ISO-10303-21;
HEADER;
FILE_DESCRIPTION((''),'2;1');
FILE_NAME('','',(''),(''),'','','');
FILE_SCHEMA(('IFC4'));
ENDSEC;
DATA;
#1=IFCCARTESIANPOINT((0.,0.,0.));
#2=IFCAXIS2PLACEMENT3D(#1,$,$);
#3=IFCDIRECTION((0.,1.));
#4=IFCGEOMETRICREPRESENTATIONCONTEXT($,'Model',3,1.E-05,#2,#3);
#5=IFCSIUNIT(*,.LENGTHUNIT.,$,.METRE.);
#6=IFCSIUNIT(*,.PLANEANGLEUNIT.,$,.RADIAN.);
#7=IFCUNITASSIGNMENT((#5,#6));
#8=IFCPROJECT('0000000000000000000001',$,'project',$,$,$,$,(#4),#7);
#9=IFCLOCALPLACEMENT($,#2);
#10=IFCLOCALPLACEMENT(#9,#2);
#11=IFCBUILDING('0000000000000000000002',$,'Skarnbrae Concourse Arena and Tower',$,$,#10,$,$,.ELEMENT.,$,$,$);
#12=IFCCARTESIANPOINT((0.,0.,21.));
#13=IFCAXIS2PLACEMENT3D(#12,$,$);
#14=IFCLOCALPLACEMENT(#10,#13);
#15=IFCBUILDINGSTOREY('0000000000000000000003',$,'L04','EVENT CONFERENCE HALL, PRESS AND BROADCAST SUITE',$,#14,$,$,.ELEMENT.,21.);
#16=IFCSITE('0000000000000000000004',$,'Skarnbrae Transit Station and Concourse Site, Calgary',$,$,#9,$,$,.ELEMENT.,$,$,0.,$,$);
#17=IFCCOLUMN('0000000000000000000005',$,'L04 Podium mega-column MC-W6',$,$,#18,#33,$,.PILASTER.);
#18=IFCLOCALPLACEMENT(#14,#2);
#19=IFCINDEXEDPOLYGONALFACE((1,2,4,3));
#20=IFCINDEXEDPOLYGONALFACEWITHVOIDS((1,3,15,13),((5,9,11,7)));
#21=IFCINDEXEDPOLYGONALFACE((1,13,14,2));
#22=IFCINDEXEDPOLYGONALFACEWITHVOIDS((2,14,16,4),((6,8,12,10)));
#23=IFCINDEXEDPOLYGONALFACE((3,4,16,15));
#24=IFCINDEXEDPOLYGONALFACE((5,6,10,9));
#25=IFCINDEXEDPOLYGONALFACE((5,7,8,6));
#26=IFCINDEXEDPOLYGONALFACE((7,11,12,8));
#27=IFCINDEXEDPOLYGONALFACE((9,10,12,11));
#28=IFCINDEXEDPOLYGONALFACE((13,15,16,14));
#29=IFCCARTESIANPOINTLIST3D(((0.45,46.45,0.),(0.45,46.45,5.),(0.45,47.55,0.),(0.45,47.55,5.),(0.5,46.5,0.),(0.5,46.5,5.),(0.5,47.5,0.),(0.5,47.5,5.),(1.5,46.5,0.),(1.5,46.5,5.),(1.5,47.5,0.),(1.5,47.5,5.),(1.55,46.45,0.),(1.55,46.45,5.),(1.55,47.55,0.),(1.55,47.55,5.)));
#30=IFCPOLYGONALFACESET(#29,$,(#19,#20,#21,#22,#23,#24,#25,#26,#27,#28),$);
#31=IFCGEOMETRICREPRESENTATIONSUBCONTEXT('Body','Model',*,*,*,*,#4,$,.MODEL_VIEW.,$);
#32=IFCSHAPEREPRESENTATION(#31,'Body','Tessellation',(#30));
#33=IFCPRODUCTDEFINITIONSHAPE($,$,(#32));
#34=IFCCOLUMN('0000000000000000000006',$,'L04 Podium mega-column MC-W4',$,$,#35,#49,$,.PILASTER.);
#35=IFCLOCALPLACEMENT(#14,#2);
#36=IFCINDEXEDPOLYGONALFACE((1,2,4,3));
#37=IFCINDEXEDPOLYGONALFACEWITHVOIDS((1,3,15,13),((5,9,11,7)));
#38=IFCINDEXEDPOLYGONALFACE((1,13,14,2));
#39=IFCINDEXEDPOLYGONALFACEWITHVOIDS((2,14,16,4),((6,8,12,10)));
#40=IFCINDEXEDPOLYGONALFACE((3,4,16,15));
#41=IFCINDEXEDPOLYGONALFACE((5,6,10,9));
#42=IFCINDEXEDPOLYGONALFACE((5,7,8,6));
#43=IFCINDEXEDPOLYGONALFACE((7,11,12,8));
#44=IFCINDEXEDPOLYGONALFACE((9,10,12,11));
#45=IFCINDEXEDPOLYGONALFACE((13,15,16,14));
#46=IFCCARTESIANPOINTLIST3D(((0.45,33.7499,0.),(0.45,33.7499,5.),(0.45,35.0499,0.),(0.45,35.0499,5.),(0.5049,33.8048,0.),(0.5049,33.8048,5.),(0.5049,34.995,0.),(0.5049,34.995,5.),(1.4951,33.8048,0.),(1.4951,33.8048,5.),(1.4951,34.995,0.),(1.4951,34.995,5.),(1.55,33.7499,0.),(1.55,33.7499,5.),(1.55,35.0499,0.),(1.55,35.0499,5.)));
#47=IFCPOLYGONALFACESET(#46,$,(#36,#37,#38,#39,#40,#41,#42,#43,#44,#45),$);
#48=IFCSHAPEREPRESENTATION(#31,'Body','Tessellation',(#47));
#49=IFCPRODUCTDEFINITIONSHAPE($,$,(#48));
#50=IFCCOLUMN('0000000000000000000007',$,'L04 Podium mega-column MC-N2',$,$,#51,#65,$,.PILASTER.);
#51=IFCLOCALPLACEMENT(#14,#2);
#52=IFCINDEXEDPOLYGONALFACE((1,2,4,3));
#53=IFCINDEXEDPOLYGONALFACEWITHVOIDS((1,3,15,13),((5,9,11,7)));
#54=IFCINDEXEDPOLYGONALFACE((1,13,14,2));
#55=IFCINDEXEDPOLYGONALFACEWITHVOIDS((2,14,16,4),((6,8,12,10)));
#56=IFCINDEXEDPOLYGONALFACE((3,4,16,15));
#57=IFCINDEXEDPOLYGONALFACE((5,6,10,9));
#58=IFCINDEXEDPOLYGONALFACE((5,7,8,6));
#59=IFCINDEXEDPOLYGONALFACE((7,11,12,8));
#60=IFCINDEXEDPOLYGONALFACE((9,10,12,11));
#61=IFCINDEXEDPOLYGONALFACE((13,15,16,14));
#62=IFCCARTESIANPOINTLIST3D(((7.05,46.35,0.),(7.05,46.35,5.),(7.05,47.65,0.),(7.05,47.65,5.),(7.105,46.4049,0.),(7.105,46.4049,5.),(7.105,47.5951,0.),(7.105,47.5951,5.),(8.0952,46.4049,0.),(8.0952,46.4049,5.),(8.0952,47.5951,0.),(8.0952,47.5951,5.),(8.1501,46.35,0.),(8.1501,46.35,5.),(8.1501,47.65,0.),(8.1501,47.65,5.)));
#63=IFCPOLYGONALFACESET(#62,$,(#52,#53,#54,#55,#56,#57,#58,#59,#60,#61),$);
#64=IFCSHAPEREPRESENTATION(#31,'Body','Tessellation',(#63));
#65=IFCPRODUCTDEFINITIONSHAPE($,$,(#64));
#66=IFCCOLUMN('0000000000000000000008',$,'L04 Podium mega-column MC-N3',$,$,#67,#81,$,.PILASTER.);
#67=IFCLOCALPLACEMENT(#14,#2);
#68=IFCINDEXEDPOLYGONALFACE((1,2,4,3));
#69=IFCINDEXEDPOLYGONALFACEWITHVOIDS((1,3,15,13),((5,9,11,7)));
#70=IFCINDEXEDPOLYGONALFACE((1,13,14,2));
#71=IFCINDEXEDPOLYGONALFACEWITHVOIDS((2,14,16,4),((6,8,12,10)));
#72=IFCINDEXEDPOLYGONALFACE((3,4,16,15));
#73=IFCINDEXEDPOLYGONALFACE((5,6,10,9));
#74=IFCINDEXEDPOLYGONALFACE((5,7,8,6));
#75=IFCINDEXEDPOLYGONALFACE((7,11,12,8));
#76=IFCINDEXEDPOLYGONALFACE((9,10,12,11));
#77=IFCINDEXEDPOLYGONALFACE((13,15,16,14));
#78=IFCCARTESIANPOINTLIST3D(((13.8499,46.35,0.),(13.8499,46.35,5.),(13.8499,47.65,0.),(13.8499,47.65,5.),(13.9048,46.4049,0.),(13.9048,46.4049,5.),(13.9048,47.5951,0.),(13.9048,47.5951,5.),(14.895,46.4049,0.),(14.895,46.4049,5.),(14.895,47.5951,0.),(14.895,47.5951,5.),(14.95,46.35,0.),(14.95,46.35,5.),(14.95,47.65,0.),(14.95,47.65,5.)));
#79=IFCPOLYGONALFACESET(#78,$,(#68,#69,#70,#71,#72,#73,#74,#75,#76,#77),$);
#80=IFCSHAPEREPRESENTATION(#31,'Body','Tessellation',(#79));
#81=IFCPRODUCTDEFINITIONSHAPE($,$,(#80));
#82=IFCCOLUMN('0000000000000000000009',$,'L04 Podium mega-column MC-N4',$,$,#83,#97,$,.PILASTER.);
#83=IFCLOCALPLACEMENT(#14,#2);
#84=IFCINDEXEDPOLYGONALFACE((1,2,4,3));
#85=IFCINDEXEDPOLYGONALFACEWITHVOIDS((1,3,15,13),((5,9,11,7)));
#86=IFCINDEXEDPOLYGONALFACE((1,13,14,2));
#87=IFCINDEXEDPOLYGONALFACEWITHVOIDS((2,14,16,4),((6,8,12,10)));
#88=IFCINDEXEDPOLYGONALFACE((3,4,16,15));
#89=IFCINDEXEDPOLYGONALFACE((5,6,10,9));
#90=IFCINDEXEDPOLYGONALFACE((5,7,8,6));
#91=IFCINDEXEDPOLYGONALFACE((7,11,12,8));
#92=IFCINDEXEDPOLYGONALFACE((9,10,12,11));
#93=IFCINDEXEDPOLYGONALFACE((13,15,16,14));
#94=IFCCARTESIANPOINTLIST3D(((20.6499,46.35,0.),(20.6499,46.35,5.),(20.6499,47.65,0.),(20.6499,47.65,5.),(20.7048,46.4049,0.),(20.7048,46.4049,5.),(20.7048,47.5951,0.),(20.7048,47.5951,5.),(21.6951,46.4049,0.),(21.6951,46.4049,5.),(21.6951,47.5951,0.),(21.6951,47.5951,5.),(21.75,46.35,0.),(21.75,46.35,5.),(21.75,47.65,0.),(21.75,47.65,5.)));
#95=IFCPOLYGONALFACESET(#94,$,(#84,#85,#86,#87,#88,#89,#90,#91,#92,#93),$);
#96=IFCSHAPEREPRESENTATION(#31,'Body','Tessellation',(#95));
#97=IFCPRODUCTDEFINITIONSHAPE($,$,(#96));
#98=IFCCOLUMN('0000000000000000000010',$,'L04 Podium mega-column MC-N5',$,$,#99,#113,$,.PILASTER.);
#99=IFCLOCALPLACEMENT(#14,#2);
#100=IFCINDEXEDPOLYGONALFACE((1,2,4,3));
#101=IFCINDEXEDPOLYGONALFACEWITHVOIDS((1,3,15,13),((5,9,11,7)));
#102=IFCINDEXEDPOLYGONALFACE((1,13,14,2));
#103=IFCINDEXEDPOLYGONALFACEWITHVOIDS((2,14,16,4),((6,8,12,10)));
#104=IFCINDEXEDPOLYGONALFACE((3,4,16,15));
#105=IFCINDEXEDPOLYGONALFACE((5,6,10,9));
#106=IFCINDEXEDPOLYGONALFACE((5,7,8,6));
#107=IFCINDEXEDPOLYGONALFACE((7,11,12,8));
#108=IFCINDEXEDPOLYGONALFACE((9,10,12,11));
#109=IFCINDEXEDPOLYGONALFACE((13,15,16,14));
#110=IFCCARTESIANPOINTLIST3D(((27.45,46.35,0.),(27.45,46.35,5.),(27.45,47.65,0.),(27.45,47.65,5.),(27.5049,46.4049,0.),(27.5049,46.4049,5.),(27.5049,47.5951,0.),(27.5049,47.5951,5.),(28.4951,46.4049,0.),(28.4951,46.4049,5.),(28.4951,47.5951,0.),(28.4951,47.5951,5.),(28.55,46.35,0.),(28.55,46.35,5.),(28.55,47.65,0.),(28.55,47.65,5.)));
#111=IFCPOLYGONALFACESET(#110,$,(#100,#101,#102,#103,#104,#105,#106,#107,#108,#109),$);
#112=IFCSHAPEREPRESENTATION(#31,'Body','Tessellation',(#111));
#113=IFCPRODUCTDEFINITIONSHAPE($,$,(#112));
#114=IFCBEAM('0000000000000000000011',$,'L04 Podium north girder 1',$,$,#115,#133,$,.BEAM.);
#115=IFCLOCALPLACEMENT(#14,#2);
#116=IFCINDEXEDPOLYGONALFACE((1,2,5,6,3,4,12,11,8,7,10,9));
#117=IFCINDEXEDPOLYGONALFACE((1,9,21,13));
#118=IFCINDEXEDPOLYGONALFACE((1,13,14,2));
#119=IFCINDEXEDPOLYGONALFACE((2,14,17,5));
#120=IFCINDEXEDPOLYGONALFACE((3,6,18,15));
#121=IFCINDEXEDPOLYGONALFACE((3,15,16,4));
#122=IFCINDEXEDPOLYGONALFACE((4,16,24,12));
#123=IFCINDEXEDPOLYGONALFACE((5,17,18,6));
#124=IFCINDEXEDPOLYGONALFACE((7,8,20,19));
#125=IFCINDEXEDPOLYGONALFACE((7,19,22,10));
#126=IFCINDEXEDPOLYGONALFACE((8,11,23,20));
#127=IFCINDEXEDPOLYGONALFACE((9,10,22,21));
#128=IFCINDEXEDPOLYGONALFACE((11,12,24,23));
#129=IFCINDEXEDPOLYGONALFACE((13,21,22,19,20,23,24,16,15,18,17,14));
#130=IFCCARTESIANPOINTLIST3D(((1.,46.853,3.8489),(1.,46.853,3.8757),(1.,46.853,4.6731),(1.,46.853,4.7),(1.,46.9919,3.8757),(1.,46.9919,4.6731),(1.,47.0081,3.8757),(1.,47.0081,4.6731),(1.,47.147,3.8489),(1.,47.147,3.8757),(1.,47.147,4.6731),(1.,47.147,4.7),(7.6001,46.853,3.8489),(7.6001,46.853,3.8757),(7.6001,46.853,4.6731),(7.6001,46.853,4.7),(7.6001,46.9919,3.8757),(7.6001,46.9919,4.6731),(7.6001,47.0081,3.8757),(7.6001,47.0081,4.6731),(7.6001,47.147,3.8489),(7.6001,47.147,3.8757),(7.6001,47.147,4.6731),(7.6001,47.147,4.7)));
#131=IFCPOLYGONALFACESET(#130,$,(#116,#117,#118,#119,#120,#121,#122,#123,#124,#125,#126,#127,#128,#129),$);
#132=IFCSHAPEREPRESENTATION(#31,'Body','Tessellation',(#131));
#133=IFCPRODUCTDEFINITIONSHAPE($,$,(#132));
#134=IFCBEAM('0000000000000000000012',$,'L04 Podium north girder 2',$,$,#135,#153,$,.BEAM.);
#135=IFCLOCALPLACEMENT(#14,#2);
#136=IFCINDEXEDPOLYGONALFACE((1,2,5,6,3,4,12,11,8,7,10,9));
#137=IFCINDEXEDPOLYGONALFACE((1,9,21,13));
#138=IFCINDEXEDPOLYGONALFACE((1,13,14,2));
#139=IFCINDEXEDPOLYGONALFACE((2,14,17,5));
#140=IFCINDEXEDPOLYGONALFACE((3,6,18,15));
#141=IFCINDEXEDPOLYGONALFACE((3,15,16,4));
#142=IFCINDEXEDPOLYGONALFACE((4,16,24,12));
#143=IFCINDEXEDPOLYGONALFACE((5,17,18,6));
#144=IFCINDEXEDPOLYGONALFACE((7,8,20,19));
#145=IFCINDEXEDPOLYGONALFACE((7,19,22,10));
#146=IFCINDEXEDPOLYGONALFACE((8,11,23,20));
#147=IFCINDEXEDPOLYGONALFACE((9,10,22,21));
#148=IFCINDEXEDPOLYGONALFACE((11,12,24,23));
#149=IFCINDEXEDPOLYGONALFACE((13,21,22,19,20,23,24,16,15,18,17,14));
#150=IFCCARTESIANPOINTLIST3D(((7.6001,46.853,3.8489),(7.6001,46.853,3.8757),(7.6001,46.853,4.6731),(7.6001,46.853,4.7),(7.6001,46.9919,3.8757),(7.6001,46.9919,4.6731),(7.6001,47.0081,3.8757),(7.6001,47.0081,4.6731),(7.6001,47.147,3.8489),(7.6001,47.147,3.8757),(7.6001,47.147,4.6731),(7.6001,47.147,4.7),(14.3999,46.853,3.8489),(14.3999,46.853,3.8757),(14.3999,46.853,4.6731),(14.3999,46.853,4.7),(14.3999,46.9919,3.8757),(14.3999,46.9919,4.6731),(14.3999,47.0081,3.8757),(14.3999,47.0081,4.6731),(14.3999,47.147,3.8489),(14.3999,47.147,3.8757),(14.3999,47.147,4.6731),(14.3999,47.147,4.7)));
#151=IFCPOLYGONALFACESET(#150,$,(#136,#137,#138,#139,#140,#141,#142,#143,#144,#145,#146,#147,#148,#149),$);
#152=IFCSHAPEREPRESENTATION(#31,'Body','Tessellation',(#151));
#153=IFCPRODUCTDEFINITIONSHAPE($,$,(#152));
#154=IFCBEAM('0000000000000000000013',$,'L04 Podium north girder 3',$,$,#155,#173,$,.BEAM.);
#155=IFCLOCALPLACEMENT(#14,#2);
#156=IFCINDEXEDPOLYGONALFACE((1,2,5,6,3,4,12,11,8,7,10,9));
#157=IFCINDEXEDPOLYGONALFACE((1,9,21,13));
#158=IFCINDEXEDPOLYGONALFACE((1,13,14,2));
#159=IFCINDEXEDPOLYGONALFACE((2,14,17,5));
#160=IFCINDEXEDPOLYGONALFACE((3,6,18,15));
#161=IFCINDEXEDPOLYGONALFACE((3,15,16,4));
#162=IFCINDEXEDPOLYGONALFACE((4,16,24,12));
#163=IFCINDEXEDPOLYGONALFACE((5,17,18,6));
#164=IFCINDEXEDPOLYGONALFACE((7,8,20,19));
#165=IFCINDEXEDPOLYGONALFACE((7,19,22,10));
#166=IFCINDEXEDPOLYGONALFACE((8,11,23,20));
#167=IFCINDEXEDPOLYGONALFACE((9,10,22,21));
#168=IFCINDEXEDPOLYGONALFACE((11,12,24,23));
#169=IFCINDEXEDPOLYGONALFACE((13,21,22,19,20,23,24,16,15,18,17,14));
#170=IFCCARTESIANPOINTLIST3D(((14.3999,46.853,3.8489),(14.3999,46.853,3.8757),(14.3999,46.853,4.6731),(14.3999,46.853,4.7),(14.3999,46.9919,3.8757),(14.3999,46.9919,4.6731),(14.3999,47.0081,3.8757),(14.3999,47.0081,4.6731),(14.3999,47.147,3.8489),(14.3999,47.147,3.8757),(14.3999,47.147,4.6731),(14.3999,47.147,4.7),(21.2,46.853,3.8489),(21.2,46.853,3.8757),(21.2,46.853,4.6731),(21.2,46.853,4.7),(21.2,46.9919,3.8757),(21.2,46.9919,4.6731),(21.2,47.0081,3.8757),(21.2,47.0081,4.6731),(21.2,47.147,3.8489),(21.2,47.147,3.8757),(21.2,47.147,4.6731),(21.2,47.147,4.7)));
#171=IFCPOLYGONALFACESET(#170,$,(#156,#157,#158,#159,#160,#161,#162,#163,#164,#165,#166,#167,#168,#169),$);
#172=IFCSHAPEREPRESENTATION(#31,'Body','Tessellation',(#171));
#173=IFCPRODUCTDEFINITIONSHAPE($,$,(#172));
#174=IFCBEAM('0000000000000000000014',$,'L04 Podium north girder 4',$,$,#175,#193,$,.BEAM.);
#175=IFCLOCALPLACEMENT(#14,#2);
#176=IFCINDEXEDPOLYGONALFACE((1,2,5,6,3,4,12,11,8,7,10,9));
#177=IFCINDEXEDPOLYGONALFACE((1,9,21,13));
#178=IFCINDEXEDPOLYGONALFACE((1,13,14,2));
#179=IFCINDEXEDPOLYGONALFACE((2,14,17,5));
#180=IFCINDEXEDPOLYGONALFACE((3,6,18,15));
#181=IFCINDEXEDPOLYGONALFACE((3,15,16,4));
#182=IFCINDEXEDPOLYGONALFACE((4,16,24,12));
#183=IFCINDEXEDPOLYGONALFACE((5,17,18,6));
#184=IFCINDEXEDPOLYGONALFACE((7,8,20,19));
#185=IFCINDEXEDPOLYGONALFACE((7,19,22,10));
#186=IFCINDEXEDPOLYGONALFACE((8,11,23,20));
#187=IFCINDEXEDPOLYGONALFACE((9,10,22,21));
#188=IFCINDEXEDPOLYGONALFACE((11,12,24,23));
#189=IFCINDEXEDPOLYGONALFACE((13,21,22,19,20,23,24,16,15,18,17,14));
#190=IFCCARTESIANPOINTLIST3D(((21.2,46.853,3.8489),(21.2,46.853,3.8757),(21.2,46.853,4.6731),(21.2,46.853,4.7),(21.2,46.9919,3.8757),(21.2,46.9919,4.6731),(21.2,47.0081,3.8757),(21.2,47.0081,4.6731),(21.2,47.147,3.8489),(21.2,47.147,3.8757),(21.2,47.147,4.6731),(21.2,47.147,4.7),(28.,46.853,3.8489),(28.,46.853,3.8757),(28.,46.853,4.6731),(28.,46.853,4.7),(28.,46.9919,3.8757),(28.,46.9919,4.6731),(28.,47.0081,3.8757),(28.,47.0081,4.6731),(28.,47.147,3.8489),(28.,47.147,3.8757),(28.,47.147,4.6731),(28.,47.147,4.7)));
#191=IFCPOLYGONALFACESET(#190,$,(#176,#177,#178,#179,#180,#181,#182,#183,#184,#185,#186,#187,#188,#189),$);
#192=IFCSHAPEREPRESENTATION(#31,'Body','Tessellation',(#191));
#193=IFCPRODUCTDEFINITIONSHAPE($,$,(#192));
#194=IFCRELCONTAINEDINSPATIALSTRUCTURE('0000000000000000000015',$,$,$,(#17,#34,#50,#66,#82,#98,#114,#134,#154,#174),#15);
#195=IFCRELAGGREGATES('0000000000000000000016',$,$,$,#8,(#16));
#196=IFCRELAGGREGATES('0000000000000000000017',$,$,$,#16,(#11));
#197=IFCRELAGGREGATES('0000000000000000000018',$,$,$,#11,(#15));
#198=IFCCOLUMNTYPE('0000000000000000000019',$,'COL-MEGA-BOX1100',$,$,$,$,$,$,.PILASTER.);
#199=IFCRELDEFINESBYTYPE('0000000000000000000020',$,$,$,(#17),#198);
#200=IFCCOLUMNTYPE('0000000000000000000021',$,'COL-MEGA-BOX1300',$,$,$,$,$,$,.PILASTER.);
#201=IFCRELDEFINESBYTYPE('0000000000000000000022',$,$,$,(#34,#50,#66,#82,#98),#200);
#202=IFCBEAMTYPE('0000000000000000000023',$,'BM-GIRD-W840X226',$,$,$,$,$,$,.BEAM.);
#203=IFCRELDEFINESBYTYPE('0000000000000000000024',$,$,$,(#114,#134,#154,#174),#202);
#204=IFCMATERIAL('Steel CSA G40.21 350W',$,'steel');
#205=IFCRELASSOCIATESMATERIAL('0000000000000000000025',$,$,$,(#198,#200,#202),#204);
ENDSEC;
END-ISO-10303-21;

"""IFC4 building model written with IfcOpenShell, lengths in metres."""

from ifc_helpers import new_model, si_unit, direction, frame, origin, origin_2d, place, context, subcontext, project, spatial, hollow_rectangle, i_section, extrude, source, transform, mapped, material, material_profile, profile_set, type_object, element, save


model = new_model("IFC4")

# Units and contexts
model_context = context("Model", 3, precision=1e-05, world=origin(), true_north=direction((0.0, 1.0)))
body_context = subcontext(model_context, "Body", "Model", "MODEL_VIEW")
ifc_project = project(units=[si_unit("LENGTHUNIT", "METRE"), si_unit("PLANEANGLEUNIT", "RADIAN")], contexts=[model_context])

# Site, building, storey
site_placement = place(None, origin())
site = spatial("IfcSite", under=ifc_project, at=site_placement, Name="Skarnbrae Transit Station and Concourse Site, Calgary", CompositionType="ELEMENT", RefElevation=0.0)
building_placement = place(site_placement, origin())
building = spatial("IfcBuilding", under=site, at=building_placement, Name="Skarnbrae Concourse Arena and Tower", CompositionType="ELEMENT")
storey_placement = place(building_placement, frame((0.0, 0.0, 21.0)))
storey = spatial("IfcBuildingStorey", under=building, at=storey_placement, Name="L04", Description="EVENT CONFERENCE HALL, PRESS AND BROADCAST SUITE", CompositionType="ELEMENT", Elevation=21.0)

# Columns
ifc_material_1 = material(Name="Steel CSA G40.21 350W", Category="steel")
ifc_material_profile_1 = material_profile(ifc_material_1, hollow_rectangle(XDim=1.1001, YDim=1.1001, WallThickness=0.05, at=origin_2d()), Name="BOX1100X1100X50")
ifc_profile_set_1 = profile_set([ifc_material_profile_1], Name="Steel CSA G40.21 350W")
column_type_1 = type_object("IfcColumnType", Name="COL-MEGA-BOX1100", PredefinedType="PILASTER", material=ifc_profile_set_1)
shared_shape_1 = source(origin(), body_context, "Body", "SweptSolid", [
    extrude(hollow_rectangle(XDim=1.1001, YDim=1.1001, WallThickness=0.05, at=origin_2d()), origin(), (0.0, 0.0, 1.0), 5.0),
])
column_placement = place(storey_placement, frame((1.0, 47.0, 0.0), z_axis=(0.0, 0.0, 1.0), x_axis=(1.0, 0.0, 0.0)))
element("IfcColumn", 1, at=column_placement, inside=storey, type_object=column_type_1, Name="L04 Podium mega-column MC-W6", PredefinedType="PILASTER", context=body_context, shape_type="MappedRepresentation", body=[
    mapped(shared_shape_1, transform((0.0, 0.0, 0.0))),
])
ifc_material_profile_2 = material_profile(ifc_material_1, hollow_rectangle(XDim=1.1001, YDim=1.3, WallThickness=0.0549, at=origin_2d()), Name="BOX1300X1100X55")
ifc_profile_set_2 = profile_set([ifc_material_profile_2], Name="Steel CSA G40.21 350W")
column_type_2 = type_object("IfcColumnType", Name="COL-MEGA-BOX1300", PredefinedType="PILASTER", material=ifc_profile_set_2)
shared_shape_2 = source(origin(), body_context, "Body", "SweptSolid", [
    extrude(hollow_rectangle(XDim=1.1001, YDim=1.3, WallThickness=0.0549, at=origin_2d()), origin(), (0.0, 0.0, 1.0), 5.0),
])
for number, where, z_axis, x_axis, name in (
    (2, (1.0, 34.3999, 0.0), (0.0, 0.0, 1.0), (1.0, 0.0, 0.0), "L04 Podium mega-column MC-W4"),
    (3, (7.6001, 47.0, 0.0), (0.0, 0.0, 1.0), (1.0, 0.0, 0.0), "L04 Podium mega-column MC-N2"),
    (4, (14.3999, 47.0, 0.0), (0.0, 0.0, 1.0), (1.0, 0.0, 0.0), "L04 Podium mega-column MC-N3"),
    (5, (21.2, 47.0, 0.0), (0.0, 0.0, 1.0), (1.0, 0.0, 0.0), "L04 Podium mega-column MC-N4"),
    (6, (28.0, 47.0, 0.0), (0.0, 0.0, 1.0), (1.0, 0.0, 0.0), "L04 Podium mega-column MC-N5"),
):
    element("IfcColumn", number, at=place(storey_placement, frame(where, z_axis=z_axis, x_axis=x_axis)), inside=storey, type_object=column_type_2, Name=name, PredefinedType="PILASTER", context=body_context, shape_type="MappedRepresentation", body=[
        mapped(shared_shape_2, transform((0.0, 0.0, 0.0))),
    ])

# Beams
ifc_material_profile_3 = material_profile(ifc_material_1, i_section(OverallWidth=0.2939, OverallDepth=0.8511, WebThickness=0.0161, FlangeThickness=0.0269, at=origin_2d()), Name="W840X226")
ifc_profile_set_3 = profile_set([ifc_material_profile_3], Name="Steel CSA G40.21 350W")
beam_type_1 = type_object("IfcBeamType", Name="BM-GIRD-W840X226", PredefinedType="BEAM", material=ifc_profile_set_3)
shared_shape_3 = source(origin(), body_context, "Body", "SweptSolid", [
    extrude(i_section(OverallWidth=0.2939, OverallDepth=0.8511, WebThickness=0.0161, FlangeThickness=0.0269, at=origin_2d()), origin(), (0.0, 0.0, 1.0), 6.6001),
])
beam_1_placement = place(storey_placement, frame((1.0, 47.0, 4.2744), z_axis=(1.0, 0.0, 0.0), x_axis=(0.0, 1.0, 0.0)))
element("IfcBeam", 7, at=beam_1_placement, inside=storey, type_object=beam_type_1, Name="L04 Podium north girder 1", PredefinedType="BEAM", context=body_context, shape_type="MappedRepresentation", body=[
    mapped(shared_shape_3, transform((0.0, 0.0, 0.0))),
])
shared_shape_4 = source(origin(), body_context, "Body", "SweptSolid", [
    extrude(i_section(OverallWidth=0.2939, OverallDepth=0.8511, WebThickness=0.0161, FlangeThickness=0.0269, at=origin_2d()), origin(), (0.0, 0.0, 1.0), 6.7998),
])
beam_2_placement = place(storey_placement, frame((7.6001, 47.0, 4.2744), z_axis=(1.0, 0.0, 0.0), x_axis=(0.0, 1.0, 0.0)))
element("IfcBeam", 8, at=beam_2_placement, inside=storey, type_object=beam_type_1, Name="L04 Podium north girder 2", PredefinedType="BEAM", context=body_context, shape_type="MappedRepresentation", body=[
    mapped(shared_shape_4, transform((0.0, 0.0, 0.0))),
])
shared_shape_5 = source(origin(), body_context, "Body", "SweptSolid", [
    extrude(i_section(OverallWidth=0.2939, OverallDepth=0.8511, WebThickness=0.0161, FlangeThickness=0.0269, at=origin_2d()), origin(), (0.0, 0.0, 1.0), 6.8),
])
for number, where, z_axis, x_axis, name in (
    (9, (14.3999, 47.0, 4.2744), (1.0, 0.0, 0.0), (0.0, 1.0, 0.0), "L04 Podium north girder 3"),
    (10, (21.2, 47.0, 4.2744), (1.0, 0.0, 0.0), (0.0, 1.0, 0.0), "L04 Podium north girder 4"),
):
    element("IfcBeam", number, at=place(storey_placement, frame(where, z_axis=z_axis, x_axis=x_axis)), inside=storey, type_object=beam_type_1, Name=name, PredefinedType="BEAM", context=body_context, shape_type="MappedRepresentation", body=[
        mapped(shared_shape_5, transform((0.0, 0.0, 0.0))),
    ])

save(model, "model.ifc")
